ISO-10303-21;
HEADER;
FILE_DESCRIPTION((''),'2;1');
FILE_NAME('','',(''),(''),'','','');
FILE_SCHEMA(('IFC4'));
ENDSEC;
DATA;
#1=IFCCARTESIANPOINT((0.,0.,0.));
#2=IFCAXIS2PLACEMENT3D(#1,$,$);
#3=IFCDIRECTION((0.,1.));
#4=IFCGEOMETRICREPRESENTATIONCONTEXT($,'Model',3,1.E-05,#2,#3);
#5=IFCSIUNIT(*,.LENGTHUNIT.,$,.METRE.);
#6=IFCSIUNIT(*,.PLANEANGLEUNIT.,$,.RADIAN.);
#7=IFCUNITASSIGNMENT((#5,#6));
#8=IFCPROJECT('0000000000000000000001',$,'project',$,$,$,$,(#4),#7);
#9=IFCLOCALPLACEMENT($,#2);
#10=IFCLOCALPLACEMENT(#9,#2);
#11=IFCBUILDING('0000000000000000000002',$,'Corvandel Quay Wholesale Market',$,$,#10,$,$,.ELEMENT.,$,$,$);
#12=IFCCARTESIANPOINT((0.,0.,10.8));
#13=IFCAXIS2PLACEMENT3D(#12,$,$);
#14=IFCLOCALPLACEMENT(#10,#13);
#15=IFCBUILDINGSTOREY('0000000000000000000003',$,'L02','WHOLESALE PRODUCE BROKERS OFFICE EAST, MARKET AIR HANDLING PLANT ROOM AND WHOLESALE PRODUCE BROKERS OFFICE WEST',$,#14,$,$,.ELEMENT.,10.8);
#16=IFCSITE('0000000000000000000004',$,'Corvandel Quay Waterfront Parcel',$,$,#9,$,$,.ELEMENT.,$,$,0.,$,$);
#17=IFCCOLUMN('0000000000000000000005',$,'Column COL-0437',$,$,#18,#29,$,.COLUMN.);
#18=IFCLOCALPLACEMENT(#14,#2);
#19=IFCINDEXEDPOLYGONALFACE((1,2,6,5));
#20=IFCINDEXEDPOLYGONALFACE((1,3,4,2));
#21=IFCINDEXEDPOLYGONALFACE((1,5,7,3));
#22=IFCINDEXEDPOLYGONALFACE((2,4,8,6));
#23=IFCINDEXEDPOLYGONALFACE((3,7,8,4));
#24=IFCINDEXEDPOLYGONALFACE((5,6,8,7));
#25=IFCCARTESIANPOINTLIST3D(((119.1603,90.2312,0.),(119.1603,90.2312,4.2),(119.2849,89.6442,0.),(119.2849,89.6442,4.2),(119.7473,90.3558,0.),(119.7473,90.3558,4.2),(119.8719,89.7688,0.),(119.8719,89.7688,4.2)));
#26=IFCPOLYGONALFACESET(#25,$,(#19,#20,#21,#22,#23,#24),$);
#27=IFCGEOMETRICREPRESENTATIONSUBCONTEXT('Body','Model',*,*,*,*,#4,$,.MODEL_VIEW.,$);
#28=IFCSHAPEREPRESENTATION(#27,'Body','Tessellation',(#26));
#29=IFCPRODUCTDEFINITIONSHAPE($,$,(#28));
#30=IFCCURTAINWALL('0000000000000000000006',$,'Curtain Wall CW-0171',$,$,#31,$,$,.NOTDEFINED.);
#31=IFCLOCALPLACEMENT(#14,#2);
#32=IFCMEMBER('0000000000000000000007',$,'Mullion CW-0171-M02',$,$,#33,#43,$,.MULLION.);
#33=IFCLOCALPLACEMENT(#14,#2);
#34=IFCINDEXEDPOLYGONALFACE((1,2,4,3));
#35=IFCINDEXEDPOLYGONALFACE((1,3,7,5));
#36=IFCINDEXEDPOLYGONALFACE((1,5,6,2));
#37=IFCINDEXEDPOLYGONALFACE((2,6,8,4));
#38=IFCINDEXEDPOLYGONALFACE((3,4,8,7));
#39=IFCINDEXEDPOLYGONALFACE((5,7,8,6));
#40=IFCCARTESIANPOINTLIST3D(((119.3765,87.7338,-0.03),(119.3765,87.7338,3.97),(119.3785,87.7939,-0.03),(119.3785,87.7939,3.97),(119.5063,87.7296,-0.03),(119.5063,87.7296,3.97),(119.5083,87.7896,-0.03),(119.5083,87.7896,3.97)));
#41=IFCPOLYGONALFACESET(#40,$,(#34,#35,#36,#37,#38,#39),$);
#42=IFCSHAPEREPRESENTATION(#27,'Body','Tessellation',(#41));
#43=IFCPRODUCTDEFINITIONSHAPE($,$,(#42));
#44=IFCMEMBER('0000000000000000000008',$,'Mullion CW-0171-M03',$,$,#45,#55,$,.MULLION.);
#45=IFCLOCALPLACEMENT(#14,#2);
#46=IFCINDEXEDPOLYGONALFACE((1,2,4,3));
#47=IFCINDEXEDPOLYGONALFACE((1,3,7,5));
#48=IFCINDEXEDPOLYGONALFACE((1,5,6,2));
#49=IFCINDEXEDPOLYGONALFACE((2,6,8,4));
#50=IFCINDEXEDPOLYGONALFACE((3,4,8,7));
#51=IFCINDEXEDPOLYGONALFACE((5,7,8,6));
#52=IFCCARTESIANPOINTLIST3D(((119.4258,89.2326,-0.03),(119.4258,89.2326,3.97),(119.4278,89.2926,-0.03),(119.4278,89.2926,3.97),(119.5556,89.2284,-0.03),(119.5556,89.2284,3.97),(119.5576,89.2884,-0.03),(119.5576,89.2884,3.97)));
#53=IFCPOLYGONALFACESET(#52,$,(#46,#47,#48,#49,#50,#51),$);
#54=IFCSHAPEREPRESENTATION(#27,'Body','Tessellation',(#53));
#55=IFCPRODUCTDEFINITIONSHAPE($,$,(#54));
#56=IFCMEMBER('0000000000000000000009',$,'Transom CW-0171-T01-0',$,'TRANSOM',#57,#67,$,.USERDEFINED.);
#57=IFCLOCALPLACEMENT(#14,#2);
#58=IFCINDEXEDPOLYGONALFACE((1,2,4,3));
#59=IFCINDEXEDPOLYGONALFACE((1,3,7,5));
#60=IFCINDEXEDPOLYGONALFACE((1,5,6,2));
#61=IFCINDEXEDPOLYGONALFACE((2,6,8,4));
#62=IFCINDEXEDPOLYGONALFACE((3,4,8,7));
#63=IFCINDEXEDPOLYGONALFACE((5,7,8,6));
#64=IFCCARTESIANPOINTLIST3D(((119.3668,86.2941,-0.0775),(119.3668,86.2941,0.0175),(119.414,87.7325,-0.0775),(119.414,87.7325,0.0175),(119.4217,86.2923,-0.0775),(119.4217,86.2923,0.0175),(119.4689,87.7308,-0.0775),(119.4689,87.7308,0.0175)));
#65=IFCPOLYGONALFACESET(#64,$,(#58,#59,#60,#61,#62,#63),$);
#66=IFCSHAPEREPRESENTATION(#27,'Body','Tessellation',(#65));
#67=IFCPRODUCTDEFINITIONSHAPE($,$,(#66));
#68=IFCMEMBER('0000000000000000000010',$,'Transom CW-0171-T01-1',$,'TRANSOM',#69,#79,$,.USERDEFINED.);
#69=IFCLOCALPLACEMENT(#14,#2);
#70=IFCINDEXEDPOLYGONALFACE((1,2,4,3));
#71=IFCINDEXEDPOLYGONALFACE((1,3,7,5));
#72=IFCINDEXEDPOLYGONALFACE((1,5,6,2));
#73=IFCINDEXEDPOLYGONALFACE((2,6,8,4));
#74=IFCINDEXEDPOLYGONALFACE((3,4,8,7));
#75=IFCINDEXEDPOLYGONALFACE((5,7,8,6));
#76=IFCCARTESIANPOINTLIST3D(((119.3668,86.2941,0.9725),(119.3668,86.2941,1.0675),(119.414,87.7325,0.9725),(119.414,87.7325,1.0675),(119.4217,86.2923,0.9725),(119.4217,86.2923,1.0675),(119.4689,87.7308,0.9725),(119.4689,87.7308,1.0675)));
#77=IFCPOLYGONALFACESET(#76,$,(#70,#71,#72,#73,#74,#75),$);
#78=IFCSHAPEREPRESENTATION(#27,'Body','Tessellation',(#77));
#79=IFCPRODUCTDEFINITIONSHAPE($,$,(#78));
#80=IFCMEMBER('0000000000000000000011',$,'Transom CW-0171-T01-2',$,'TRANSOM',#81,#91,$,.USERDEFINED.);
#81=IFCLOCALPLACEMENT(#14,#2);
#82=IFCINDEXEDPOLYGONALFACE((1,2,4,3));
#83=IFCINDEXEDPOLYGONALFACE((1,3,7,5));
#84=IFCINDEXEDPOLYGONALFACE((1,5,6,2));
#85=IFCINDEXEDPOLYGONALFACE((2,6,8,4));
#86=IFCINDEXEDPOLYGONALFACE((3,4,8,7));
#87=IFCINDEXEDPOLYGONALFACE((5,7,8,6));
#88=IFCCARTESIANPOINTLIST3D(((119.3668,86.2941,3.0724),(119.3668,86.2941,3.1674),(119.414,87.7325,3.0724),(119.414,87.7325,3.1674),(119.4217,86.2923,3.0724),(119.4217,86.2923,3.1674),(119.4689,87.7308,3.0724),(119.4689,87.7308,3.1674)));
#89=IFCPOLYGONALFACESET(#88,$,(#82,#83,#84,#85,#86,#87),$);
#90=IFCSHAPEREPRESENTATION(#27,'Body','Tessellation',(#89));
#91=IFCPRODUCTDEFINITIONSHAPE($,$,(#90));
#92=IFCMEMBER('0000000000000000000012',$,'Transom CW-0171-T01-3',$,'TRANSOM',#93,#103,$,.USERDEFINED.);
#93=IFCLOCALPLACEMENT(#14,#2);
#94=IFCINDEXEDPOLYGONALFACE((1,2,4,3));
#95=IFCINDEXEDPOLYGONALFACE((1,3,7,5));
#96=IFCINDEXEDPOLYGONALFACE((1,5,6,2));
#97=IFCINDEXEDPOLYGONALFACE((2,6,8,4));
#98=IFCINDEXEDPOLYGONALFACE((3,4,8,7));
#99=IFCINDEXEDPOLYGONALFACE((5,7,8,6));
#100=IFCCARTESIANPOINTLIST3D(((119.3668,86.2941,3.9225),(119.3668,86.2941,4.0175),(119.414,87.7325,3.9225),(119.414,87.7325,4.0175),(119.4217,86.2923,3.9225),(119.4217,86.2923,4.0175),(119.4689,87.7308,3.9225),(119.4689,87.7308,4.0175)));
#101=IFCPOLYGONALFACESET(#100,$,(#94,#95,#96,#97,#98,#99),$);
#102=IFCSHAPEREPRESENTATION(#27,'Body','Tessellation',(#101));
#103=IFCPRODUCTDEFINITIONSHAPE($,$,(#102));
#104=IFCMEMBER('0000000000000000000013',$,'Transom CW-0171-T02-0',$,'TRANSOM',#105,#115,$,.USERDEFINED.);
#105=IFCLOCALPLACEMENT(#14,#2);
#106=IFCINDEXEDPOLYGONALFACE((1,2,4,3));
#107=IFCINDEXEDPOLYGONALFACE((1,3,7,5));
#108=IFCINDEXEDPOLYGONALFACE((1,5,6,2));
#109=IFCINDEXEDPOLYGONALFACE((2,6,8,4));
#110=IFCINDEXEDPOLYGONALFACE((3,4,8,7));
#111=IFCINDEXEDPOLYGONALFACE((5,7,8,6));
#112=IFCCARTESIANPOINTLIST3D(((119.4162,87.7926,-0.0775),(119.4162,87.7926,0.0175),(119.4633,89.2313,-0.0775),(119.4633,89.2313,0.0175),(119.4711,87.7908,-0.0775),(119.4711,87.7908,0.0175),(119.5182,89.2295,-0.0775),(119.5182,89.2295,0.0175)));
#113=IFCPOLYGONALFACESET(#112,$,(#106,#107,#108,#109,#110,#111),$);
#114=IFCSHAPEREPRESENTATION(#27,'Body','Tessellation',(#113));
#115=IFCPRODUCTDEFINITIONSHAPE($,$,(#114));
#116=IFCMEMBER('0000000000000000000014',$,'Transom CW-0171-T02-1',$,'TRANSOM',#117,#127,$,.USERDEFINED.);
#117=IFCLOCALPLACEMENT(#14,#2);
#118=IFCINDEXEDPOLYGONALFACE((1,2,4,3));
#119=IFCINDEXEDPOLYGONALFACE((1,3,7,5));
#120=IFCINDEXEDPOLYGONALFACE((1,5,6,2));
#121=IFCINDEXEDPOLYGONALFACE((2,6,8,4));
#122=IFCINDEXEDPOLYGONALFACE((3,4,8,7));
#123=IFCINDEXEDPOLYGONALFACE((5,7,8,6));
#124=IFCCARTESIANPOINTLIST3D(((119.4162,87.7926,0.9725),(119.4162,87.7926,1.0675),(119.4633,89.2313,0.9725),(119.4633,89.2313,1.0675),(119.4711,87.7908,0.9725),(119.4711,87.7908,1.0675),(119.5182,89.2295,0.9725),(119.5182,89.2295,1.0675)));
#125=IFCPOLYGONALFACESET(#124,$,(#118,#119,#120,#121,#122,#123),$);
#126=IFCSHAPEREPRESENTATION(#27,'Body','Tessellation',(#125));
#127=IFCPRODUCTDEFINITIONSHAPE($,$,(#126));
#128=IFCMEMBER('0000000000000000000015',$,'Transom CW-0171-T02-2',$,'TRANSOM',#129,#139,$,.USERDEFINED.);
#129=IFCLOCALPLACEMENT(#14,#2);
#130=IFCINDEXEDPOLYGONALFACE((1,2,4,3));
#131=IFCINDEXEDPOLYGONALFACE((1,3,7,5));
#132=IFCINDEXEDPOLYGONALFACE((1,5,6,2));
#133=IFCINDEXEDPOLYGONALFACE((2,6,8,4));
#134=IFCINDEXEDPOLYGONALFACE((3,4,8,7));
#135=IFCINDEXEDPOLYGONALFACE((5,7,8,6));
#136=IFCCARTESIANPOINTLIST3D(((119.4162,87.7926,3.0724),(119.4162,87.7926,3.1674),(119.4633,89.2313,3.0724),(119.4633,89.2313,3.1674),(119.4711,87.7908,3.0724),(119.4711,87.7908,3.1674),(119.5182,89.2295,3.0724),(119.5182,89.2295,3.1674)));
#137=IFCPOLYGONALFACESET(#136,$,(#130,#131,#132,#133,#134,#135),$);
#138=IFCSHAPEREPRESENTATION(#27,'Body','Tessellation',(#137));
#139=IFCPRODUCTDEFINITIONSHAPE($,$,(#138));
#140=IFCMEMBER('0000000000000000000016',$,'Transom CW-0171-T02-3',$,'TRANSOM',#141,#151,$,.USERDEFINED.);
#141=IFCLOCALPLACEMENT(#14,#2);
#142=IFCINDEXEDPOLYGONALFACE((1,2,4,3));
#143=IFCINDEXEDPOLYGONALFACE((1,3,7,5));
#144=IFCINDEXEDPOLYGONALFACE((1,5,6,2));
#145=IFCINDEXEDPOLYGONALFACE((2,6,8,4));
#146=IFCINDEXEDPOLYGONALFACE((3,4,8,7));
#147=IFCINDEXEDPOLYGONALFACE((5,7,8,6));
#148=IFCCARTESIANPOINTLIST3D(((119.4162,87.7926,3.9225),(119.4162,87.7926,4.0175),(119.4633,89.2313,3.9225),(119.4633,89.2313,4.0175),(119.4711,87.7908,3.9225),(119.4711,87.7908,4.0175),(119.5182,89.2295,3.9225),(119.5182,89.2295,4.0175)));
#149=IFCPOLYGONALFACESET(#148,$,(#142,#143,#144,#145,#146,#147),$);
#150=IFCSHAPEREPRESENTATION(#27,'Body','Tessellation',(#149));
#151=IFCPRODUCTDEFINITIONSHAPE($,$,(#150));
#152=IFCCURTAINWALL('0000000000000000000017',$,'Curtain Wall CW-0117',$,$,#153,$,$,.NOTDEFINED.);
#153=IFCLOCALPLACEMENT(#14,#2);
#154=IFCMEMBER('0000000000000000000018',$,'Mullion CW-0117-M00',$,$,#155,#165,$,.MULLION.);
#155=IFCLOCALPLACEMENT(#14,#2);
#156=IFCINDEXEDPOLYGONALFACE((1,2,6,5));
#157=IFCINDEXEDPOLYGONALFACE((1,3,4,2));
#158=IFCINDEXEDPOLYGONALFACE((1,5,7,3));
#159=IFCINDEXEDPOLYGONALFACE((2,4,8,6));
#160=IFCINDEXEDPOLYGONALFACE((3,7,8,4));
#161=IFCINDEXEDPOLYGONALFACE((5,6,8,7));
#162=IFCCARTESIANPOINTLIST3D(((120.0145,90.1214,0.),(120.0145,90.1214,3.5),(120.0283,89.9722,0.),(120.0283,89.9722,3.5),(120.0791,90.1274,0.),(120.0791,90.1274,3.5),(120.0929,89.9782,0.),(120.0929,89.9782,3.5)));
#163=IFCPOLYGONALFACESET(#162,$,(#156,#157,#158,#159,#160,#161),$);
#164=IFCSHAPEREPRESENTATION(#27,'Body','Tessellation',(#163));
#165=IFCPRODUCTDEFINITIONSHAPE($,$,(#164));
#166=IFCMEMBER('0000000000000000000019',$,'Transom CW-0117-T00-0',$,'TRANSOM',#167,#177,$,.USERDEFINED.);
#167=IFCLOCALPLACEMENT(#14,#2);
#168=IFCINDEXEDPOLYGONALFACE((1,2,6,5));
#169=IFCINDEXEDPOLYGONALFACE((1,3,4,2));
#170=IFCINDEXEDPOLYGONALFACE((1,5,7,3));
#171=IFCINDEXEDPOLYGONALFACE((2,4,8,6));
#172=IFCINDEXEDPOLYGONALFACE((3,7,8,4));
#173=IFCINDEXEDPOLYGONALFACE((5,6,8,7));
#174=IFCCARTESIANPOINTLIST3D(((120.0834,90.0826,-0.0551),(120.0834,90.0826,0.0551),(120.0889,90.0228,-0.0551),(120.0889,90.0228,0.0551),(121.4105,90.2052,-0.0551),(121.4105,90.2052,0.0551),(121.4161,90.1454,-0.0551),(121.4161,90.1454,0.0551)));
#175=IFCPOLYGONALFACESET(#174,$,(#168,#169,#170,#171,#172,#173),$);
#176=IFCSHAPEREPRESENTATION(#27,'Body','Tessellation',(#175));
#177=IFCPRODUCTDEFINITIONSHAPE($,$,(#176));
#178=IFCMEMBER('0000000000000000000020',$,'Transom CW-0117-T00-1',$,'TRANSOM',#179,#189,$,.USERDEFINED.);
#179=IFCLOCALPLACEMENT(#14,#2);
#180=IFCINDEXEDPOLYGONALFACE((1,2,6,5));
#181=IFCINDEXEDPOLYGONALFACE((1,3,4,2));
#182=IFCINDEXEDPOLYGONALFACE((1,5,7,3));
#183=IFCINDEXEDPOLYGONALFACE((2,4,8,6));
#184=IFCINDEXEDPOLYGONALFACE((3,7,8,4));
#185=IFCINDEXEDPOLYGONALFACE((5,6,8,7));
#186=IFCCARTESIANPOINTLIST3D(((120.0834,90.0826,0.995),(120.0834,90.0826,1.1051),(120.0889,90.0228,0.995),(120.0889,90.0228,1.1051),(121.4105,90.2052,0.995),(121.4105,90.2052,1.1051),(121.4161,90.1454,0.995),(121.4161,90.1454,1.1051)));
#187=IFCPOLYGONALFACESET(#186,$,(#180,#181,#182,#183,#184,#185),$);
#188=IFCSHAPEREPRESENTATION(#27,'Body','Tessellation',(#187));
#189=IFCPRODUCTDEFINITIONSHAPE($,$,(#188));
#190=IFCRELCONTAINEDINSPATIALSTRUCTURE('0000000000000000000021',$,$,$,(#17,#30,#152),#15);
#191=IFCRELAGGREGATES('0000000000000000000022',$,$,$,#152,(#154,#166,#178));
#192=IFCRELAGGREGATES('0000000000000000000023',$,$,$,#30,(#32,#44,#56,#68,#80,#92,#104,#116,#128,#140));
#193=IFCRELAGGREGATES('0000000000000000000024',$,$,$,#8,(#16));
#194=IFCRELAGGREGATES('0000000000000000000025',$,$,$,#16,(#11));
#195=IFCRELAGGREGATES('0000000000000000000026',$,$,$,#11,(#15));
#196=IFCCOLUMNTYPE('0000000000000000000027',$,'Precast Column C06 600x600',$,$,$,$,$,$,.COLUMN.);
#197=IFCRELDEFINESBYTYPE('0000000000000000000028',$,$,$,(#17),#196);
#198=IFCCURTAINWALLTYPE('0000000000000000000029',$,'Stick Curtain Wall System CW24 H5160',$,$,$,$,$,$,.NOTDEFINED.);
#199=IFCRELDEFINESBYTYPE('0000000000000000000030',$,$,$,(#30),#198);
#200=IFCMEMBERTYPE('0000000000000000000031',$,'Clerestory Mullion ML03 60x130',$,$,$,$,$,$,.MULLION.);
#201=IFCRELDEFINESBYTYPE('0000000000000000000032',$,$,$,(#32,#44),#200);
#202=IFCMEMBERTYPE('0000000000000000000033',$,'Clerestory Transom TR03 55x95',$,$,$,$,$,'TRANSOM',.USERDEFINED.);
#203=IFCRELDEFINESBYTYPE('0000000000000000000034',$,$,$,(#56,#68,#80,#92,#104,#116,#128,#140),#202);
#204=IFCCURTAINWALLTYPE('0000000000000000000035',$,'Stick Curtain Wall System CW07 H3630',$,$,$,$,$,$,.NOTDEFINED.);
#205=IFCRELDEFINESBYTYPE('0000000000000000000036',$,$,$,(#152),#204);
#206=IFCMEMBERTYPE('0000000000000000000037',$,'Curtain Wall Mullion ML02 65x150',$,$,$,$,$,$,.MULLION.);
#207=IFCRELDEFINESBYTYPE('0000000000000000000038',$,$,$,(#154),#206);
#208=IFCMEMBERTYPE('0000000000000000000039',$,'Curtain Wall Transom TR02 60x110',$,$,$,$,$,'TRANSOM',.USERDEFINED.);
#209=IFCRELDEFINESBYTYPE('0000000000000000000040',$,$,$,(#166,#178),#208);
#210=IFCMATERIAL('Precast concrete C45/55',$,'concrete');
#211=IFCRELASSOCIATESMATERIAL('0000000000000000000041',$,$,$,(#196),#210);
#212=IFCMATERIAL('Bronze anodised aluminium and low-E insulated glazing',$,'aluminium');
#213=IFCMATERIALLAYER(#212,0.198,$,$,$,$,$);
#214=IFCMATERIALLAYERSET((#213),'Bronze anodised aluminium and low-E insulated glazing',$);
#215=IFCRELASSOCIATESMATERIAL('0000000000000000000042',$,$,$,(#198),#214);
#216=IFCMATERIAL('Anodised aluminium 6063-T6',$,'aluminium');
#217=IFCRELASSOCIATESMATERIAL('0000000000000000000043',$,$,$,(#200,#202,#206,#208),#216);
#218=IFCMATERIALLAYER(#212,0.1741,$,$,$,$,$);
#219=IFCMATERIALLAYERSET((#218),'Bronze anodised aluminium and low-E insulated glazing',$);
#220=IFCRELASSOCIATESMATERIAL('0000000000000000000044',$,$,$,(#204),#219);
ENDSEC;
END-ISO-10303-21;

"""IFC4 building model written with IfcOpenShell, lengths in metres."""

from ifc_helpers import new_model, si_unit, direction, frame, origin, origin_2d, place, context, subcontext, project, spatial, rectangle, extrude, material, layer, layer_set, material_profile, profile_set, type_object, element, aggregate, save


model = new_model("IFC4")

# Units and contexts
model_context = context("Model", 3, precision=1e-05, world=origin(), true_north=direction((0.0, 1.0)))
body_context = subcontext(model_context, "Body", "Model", "MODEL_VIEW")
ifc_project = project(units=[si_unit("LENGTHUNIT", "METRE"), si_unit("PLANEANGLEUNIT", "RADIAN")], contexts=[model_context])

# Site, building, storey
site_placement = place(None, origin())
site = spatial("IfcSite", under=ifc_project, at=site_placement, Name="Corvandel Quay Waterfront Parcel", CompositionType="ELEMENT", RefElevation=0.0)
building_placement = place(site_placement, origin())
building = spatial("IfcBuilding", under=site, at=building_placement, Name="Corvandel Quay Wholesale Market", CompositionType="ELEMENT")
storey_placement = place(building_placement, frame((0.0, 0.0, 10.8)))
storey = spatial("IfcBuildingStorey", under=building, at=storey_placement, Name="L02", Description="WHOLESALE PRODUCE BROKERS OFFICE EAST, MARKET AIR HANDLING PLANT ROOM AND WHOLESALE PRODUCE BROKERS OFFICE WEST", CompositionType="ELEMENT", Elevation=10.8)

# Column
ifc_material_1 = material(Name="Precast concrete C45/55", Category="concrete")
ifc_material_profile_1 = material_profile(ifc_material_1, rectangle(XDim=0.6001, YDim=0.6001, at=origin_2d()), Name="PC-COL-600x600")
ifc_profile_set_1 = profile_set([ifc_material_profile_1], Name="Precast concrete C45/55")
column_type = type_object("IfcColumnType", Name="Precast Column C06 600x600", PredefinedType="COLUMN", material=ifc_profile_set_1)
column_placement = place(storey_placement, frame((119.5161, 90.0, 0.0), z_axis=(0.0, 0.0, 1.0), x_axis=(0.97822, 0.20757, 0.0)))
element("IfcColumn", 1, at=column_placement, inside=storey, type_object=column_type, Name="Column COL-0437", PredefinedType="COLUMN", context=body_context, shape_type="SweptSolid", body=[
    extrude(rectangle(XDim=0.6001, YDim=0.6001, at=origin_2d()), origin(), (0.0, 0.0, 1.0), 4.2),
])

# Curtain walls, members
ifc_material_2 = material(Name="Bronze anodised aluminium and low-E insulated glazing", Category="aluminium")
ifc_layer_1 = layer(ifc_material_2, 0.198)
ifc_layer_set_1 = layer_set([ifc_layer_1], Name="Bronze anodised aluminium and low-E insulated glazing")
curtain_wall_type_1 = type_object("IfcCurtainWallType", Name="Stick Curtain Wall System CW24 H5160", PredefinedType="NOTDEFINED", material=ifc_layer_set_1)
curtain_wall_1_placement = place(storey_placement, origin())
curtain_wall_1 = element("IfcCurtainWall", 2, at=curtain_wall_1_placement, inside=storey, type_object=curtain_wall_type_1, Name="Curtain Wall CW-0171", PredefinedType="NOTDEFINED")
ifc_material_3 = material(Name="Anodised aluminium 6063-T6", Category="aluminium")
ifc_material_profile_2 = material_profile(ifc_material_3, rectangle(XDim=0.0601, YDim=0.1299, at=origin_2d()), Name="ALU-MUL-60x130")
ifc_profile_set_2 = profile_set([ifc_material_profile_2], Name="Anodised aluminium 6063-T6")
member_type_1 = type_object("IfcMemberType", Name="Clerestory Mullion ML03 60x130", PredefinedType="MULLION", material=ifc_profile_set_2)
member_1_placement = place(storey_placement, frame((119.4424, 87.7617, -0.03), z_axis=(0.0, 0.0, 1.0), x_axis=(0.032806, 0.999462, 0.0)))
member_1 = element("IfcMember", 3, at=member_1_placement, type_object=member_type_1, Name="Mullion CW-0171-M02", PredefinedType="MULLION", context=body_context, shape_type="SweptSolid", body=[
    extrude(rectangle(XDim=0.0601, YDim=0.1299, at=origin_2d()), origin(), (0.0, 0.0, 1.0), 4.0),
])
member_2_placement = place(storey_placement, frame((119.4917, 89.2605, -0.03), z_axis=(0.0, 0.0, 1.0), x_axis=(0.032806, 0.999462, 0.0)))
member_2 = element("IfcMember", 4, at=member_2_placement, type_object=member_type_1, Name="Mullion CW-0171-M03", PredefinedType="MULLION", context=body_context, shape_type="SweptSolid", body=[
    extrude(rectangle(XDim=0.0601, YDim=0.1299, at=origin_2d()), origin(), (0.0, 0.0, 1.0), 4.0),
])
ifc_material_profile_3 = material_profile(ifc_material_3, rectangle(XDim=0.0549, YDim=0.095, at=origin_2d()), Name="ALU-TRN-55x95")
ifc_profile_set_3 = profile_set([ifc_material_profile_3], Name="Anodised aluminium 6063-T6")
member_type_2 = type_object("IfcMemberType", Name="Clerestory Transom TR03 55x95", ElementType="TRANSOM", PredefinedType="USERDEFINED", material=ifc_profile_set_3)
member_3_placement = place(storey_placement, frame((119.3943, 86.2932, -0.03), z_axis=(0.032739, 0.999464, 0.0), x_axis=(-0.999464, 0.032739, 0.0)))
member_3 = element("IfcMember", 5, at=member_3_placement, type_object=member_type_2, Name="Transom CW-0171-T01-0", ObjectType="TRANSOM", PredefinedType="USERDEFINED", context=body_context, shape_type="SweptSolid", body=[
    extrude(rectangle(XDim=0.0549, YDim=0.095, at=origin_2d()), origin(), (0.0, 0.0, 1.0), 1.4392),
])
member_4_placement = place(storey_placement, frame((119.3943, 86.2932, 1.02), z_axis=(0.032739, 0.999464, 0.0), x_axis=(-0.999464, 0.032739, 0.0)))
member_4 = element("IfcMember", 6, at=member_4_placement, type_object=member_type_2, Name="Transom CW-0171-T01-1", ObjectType="TRANSOM", PredefinedType="USERDEFINED", context=body_context, shape_type="SweptSolid", body=[
    extrude(rectangle(XDim=0.0549, YDim=0.095, at=origin_2d()), origin(), (0.0, 0.0, 1.0), 1.4392),
])
member_5_placement = place(storey_placement, frame((119.3943, 86.2932, 3.1199), z_axis=(0.032739, 0.999464, 0.0), x_axis=(-0.999464, 0.032739, 0.0)))
member_5 = element("IfcMember", 7, at=member_5_placement, type_object=member_type_2, Name="Transom CW-0171-T01-2", ObjectType="TRANSOM", PredefinedType="USERDEFINED", context=body_context, shape_type="SweptSolid", body=[
    extrude(rectangle(XDim=0.0549, YDim=0.095, at=origin_2d()), origin(), (0.0, 0.0, 1.0), 1.4392),
])
member_6_placement = place(storey_placement, frame((119.3943, 86.2932, 3.97), z_axis=(0.032739, 0.999464, 0.0), x_axis=(-0.999464, 0.032739, 0.0)))
member_6 = element("IfcMember", 8, at=member_6_placement, type_object=member_type_2, Name="Transom CW-0171-T01-3", ObjectType="TRANSOM", PredefinedType="USERDEFINED", context=body_context, shape_type="SweptSolid", body=[
    extrude(rectangle(XDim=0.0549, YDim=0.095, at=origin_2d()), origin(), (0.0, 0.0, 1.0), 1.4392),
])
member_7_placement = place(storey_placement, frame((119.4436, 87.7917, -0.03), z_axis=(0.032733, 0.999464, 0.0), x_axis=(-0.999464, 0.032733, 0.0)))
member_7 = element("IfcMember", 9, at=member_7_placement, type_object=member_type_2, Name="Transom CW-0171-T02-0", ObjectType="TRANSOM", PredefinedType="USERDEFINED", context=body_context, shape_type="SweptSolid", body=[
    extrude(rectangle(XDim=0.0549, YDim=0.095, at=origin_2d()), origin(), (0.0, 0.0, 1.0), 1.4395),
])
member_8_placement = place(storey_placement, frame((119.4436, 87.7917, 1.02), z_axis=(0.032733, 0.999464, 0.0), x_axis=(-0.999464, 0.032733, 0.0)))
member_8 = element("IfcMember", 10, at=member_8_placement, type_object=member_type_2, Name="Transom CW-0171-T02-1", ObjectType="TRANSOM", PredefinedType="USERDEFINED", context=body_context, shape_type="SweptSolid", body=[
    extrude(rectangle(XDim=0.0549, YDim=0.095, at=origin_2d()), origin(), (0.0, 0.0, 1.0), 1.4395),
])
member_9_placement = place(storey_placement, frame((119.4436, 87.7917, 3.1199), z_axis=(0.032733, 0.999464, 0.0), x_axis=(-0.999464, 0.032733, 0.0)))
member_9 = element("IfcMember", 11, at=member_9_placement, type_object=member_type_2, Name="Transom CW-0171-T02-2", ObjectType="TRANSOM", PredefinedType="USERDEFINED", context=body_context, shape_type="SweptSolid", body=[
    extrude(rectangle(XDim=0.0549, YDim=0.095, at=origin_2d()), origin(), (0.0, 0.0, 1.0), 1.4395),
])
member_10_placement = place(storey_placement, frame((119.4436, 87.7917, 3.97), z_axis=(0.032733, 0.999464, 0.0), x_axis=(-0.999464, 0.032733, 0.0)))
member_10 = element("IfcMember", 12, at=member_10_placement, type_object=member_type_2, Name="Transom CW-0171-T02-3", ObjectType="TRANSOM", PredefinedType="USERDEFINED", context=body_context, shape_type="SweptSolid", body=[
    extrude(rectangle(XDim=0.0549, YDim=0.095, at=origin_2d()), origin(), (0.0, 0.0, 1.0), 1.4395),
])
ifc_layer_2 = layer(ifc_material_2, 0.1741)
ifc_layer_set_2 = layer_set([ifc_layer_2], Name="Bronze anodised aluminium and low-E insulated glazing")
curtain_wall_type_2 = type_object("IfcCurtainWallType", Name="Stick Curtain Wall System CW07 H3630", PredefinedType="NOTDEFINED", material=ifc_layer_set_2)
curtain_wall_2_placement = place(storey_placement, origin())
curtain_wall_2 = element("IfcCurtainWall", 13, at=curtain_wall_2_placement, inside=storey, type_object=curtain_wall_type_2, Name="Curtain Wall CW-0117", PredefinedType="NOTDEFINED")
ifc_material_profile_4 = material_profile(ifc_material_3, rectangle(XDim=0.0649, YDim=0.1499, at=origin_2d()), Name="ALU-MUL-65x150")
ifc_profile_set_4 = profile_set([ifc_material_profile_4], Name="Anodised aluminium 6063-T6")
member_type_3 = type_object("IfcMemberType", Name="Curtain Wall Mullion ML02 65x150", PredefinedType="MULLION", material=ifc_profile_set_4)
member_11_placement = place(storey_placement, frame((120.0537, 90.0498, 0.0), z_axis=(0.0, 0.0, 1.0), x_axis=(0.995757, 0.092023, 0.0)))
member_11 = element("IfcMember", 14, at=member_11_placement, type_object=member_type_3, Name="Mullion CW-0117-M00", PredefinedType="MULLION", context=body_context, shape_type="SweptSolid", body=[
    extrude(rectangle(XDim=0.0649, YDim=0.1499, at=origin_2d()), origin(), (0.0, 0.0, 1.0), 3.5),
])
ifc_material_profile_5 = material_profile(ifc_material_3, rectangle(XDim=0.0601, YDim=0.1101, at=origin_2d()), Name="ALU-TRN-60x110")
ifc_profile_set_5 = profile_set([ifc_material_profile_5], Name="Anodised aluminium 6063-T6")
member_type_4 = type_object("IfcMemberType", Name="Curtain Wall Transom TR02 60x110", ElementType="TRANSOM", PredefinedType="USERDEFINED", material=ifc_profile_set_5)
member_12_placement = place(storey_placement, frame((120.0862, 90.0527, 0.0), z_axis=(0.995763, 0.091956, 0.0), x_axis=(-0.091956, 0.995763, 0.0)))
member_12 = element("IfcMember", 15, at=member_12_placement, type_object=member_type_4, Name="Transom CW-0117-T00-0", ObjectType="TRANSOM", PredefinedType="USERDEFINED", context=body_context, shape_type="SweptSolid", body=[
    extrude(rectangle(XDim=0.0601, YDim=0.1101, at=origin_2d()), origin(), (0.0, 0.0, 1.0), 1.3328),
])
member_13_placement = place(storey_placement, frame((120.0862, 90.0527, 1.05), z_axis=(0.995763, 0.091956, 0.0), x_axis=(-0.091956, 0.995763, 0.0)))
member_13 = element("IfcMember", 16, at=member_13_placement, type_object=member_type_4, Name="Transom CW-0117-T00-1", ObjectType="TRANSOM", PredefinedType="USERDEFINED", context=body_context, shape_type="SweptSolid", body=[
    extrude(rectangle(XDim=0.0601, YDim=0.1101, at=origin_2d()), origin(), (0.0, 0.0, 1.0), 1.3328),
])

aggregate(curtain_wall_2, [member_11, member_12, member_13])
aggregate(curtain_wall_1, [member_1, member_2, member_3, member_4, member_5, member_6, member_7, member_8, member_9, member_10])

save(model, "model.ifc")
